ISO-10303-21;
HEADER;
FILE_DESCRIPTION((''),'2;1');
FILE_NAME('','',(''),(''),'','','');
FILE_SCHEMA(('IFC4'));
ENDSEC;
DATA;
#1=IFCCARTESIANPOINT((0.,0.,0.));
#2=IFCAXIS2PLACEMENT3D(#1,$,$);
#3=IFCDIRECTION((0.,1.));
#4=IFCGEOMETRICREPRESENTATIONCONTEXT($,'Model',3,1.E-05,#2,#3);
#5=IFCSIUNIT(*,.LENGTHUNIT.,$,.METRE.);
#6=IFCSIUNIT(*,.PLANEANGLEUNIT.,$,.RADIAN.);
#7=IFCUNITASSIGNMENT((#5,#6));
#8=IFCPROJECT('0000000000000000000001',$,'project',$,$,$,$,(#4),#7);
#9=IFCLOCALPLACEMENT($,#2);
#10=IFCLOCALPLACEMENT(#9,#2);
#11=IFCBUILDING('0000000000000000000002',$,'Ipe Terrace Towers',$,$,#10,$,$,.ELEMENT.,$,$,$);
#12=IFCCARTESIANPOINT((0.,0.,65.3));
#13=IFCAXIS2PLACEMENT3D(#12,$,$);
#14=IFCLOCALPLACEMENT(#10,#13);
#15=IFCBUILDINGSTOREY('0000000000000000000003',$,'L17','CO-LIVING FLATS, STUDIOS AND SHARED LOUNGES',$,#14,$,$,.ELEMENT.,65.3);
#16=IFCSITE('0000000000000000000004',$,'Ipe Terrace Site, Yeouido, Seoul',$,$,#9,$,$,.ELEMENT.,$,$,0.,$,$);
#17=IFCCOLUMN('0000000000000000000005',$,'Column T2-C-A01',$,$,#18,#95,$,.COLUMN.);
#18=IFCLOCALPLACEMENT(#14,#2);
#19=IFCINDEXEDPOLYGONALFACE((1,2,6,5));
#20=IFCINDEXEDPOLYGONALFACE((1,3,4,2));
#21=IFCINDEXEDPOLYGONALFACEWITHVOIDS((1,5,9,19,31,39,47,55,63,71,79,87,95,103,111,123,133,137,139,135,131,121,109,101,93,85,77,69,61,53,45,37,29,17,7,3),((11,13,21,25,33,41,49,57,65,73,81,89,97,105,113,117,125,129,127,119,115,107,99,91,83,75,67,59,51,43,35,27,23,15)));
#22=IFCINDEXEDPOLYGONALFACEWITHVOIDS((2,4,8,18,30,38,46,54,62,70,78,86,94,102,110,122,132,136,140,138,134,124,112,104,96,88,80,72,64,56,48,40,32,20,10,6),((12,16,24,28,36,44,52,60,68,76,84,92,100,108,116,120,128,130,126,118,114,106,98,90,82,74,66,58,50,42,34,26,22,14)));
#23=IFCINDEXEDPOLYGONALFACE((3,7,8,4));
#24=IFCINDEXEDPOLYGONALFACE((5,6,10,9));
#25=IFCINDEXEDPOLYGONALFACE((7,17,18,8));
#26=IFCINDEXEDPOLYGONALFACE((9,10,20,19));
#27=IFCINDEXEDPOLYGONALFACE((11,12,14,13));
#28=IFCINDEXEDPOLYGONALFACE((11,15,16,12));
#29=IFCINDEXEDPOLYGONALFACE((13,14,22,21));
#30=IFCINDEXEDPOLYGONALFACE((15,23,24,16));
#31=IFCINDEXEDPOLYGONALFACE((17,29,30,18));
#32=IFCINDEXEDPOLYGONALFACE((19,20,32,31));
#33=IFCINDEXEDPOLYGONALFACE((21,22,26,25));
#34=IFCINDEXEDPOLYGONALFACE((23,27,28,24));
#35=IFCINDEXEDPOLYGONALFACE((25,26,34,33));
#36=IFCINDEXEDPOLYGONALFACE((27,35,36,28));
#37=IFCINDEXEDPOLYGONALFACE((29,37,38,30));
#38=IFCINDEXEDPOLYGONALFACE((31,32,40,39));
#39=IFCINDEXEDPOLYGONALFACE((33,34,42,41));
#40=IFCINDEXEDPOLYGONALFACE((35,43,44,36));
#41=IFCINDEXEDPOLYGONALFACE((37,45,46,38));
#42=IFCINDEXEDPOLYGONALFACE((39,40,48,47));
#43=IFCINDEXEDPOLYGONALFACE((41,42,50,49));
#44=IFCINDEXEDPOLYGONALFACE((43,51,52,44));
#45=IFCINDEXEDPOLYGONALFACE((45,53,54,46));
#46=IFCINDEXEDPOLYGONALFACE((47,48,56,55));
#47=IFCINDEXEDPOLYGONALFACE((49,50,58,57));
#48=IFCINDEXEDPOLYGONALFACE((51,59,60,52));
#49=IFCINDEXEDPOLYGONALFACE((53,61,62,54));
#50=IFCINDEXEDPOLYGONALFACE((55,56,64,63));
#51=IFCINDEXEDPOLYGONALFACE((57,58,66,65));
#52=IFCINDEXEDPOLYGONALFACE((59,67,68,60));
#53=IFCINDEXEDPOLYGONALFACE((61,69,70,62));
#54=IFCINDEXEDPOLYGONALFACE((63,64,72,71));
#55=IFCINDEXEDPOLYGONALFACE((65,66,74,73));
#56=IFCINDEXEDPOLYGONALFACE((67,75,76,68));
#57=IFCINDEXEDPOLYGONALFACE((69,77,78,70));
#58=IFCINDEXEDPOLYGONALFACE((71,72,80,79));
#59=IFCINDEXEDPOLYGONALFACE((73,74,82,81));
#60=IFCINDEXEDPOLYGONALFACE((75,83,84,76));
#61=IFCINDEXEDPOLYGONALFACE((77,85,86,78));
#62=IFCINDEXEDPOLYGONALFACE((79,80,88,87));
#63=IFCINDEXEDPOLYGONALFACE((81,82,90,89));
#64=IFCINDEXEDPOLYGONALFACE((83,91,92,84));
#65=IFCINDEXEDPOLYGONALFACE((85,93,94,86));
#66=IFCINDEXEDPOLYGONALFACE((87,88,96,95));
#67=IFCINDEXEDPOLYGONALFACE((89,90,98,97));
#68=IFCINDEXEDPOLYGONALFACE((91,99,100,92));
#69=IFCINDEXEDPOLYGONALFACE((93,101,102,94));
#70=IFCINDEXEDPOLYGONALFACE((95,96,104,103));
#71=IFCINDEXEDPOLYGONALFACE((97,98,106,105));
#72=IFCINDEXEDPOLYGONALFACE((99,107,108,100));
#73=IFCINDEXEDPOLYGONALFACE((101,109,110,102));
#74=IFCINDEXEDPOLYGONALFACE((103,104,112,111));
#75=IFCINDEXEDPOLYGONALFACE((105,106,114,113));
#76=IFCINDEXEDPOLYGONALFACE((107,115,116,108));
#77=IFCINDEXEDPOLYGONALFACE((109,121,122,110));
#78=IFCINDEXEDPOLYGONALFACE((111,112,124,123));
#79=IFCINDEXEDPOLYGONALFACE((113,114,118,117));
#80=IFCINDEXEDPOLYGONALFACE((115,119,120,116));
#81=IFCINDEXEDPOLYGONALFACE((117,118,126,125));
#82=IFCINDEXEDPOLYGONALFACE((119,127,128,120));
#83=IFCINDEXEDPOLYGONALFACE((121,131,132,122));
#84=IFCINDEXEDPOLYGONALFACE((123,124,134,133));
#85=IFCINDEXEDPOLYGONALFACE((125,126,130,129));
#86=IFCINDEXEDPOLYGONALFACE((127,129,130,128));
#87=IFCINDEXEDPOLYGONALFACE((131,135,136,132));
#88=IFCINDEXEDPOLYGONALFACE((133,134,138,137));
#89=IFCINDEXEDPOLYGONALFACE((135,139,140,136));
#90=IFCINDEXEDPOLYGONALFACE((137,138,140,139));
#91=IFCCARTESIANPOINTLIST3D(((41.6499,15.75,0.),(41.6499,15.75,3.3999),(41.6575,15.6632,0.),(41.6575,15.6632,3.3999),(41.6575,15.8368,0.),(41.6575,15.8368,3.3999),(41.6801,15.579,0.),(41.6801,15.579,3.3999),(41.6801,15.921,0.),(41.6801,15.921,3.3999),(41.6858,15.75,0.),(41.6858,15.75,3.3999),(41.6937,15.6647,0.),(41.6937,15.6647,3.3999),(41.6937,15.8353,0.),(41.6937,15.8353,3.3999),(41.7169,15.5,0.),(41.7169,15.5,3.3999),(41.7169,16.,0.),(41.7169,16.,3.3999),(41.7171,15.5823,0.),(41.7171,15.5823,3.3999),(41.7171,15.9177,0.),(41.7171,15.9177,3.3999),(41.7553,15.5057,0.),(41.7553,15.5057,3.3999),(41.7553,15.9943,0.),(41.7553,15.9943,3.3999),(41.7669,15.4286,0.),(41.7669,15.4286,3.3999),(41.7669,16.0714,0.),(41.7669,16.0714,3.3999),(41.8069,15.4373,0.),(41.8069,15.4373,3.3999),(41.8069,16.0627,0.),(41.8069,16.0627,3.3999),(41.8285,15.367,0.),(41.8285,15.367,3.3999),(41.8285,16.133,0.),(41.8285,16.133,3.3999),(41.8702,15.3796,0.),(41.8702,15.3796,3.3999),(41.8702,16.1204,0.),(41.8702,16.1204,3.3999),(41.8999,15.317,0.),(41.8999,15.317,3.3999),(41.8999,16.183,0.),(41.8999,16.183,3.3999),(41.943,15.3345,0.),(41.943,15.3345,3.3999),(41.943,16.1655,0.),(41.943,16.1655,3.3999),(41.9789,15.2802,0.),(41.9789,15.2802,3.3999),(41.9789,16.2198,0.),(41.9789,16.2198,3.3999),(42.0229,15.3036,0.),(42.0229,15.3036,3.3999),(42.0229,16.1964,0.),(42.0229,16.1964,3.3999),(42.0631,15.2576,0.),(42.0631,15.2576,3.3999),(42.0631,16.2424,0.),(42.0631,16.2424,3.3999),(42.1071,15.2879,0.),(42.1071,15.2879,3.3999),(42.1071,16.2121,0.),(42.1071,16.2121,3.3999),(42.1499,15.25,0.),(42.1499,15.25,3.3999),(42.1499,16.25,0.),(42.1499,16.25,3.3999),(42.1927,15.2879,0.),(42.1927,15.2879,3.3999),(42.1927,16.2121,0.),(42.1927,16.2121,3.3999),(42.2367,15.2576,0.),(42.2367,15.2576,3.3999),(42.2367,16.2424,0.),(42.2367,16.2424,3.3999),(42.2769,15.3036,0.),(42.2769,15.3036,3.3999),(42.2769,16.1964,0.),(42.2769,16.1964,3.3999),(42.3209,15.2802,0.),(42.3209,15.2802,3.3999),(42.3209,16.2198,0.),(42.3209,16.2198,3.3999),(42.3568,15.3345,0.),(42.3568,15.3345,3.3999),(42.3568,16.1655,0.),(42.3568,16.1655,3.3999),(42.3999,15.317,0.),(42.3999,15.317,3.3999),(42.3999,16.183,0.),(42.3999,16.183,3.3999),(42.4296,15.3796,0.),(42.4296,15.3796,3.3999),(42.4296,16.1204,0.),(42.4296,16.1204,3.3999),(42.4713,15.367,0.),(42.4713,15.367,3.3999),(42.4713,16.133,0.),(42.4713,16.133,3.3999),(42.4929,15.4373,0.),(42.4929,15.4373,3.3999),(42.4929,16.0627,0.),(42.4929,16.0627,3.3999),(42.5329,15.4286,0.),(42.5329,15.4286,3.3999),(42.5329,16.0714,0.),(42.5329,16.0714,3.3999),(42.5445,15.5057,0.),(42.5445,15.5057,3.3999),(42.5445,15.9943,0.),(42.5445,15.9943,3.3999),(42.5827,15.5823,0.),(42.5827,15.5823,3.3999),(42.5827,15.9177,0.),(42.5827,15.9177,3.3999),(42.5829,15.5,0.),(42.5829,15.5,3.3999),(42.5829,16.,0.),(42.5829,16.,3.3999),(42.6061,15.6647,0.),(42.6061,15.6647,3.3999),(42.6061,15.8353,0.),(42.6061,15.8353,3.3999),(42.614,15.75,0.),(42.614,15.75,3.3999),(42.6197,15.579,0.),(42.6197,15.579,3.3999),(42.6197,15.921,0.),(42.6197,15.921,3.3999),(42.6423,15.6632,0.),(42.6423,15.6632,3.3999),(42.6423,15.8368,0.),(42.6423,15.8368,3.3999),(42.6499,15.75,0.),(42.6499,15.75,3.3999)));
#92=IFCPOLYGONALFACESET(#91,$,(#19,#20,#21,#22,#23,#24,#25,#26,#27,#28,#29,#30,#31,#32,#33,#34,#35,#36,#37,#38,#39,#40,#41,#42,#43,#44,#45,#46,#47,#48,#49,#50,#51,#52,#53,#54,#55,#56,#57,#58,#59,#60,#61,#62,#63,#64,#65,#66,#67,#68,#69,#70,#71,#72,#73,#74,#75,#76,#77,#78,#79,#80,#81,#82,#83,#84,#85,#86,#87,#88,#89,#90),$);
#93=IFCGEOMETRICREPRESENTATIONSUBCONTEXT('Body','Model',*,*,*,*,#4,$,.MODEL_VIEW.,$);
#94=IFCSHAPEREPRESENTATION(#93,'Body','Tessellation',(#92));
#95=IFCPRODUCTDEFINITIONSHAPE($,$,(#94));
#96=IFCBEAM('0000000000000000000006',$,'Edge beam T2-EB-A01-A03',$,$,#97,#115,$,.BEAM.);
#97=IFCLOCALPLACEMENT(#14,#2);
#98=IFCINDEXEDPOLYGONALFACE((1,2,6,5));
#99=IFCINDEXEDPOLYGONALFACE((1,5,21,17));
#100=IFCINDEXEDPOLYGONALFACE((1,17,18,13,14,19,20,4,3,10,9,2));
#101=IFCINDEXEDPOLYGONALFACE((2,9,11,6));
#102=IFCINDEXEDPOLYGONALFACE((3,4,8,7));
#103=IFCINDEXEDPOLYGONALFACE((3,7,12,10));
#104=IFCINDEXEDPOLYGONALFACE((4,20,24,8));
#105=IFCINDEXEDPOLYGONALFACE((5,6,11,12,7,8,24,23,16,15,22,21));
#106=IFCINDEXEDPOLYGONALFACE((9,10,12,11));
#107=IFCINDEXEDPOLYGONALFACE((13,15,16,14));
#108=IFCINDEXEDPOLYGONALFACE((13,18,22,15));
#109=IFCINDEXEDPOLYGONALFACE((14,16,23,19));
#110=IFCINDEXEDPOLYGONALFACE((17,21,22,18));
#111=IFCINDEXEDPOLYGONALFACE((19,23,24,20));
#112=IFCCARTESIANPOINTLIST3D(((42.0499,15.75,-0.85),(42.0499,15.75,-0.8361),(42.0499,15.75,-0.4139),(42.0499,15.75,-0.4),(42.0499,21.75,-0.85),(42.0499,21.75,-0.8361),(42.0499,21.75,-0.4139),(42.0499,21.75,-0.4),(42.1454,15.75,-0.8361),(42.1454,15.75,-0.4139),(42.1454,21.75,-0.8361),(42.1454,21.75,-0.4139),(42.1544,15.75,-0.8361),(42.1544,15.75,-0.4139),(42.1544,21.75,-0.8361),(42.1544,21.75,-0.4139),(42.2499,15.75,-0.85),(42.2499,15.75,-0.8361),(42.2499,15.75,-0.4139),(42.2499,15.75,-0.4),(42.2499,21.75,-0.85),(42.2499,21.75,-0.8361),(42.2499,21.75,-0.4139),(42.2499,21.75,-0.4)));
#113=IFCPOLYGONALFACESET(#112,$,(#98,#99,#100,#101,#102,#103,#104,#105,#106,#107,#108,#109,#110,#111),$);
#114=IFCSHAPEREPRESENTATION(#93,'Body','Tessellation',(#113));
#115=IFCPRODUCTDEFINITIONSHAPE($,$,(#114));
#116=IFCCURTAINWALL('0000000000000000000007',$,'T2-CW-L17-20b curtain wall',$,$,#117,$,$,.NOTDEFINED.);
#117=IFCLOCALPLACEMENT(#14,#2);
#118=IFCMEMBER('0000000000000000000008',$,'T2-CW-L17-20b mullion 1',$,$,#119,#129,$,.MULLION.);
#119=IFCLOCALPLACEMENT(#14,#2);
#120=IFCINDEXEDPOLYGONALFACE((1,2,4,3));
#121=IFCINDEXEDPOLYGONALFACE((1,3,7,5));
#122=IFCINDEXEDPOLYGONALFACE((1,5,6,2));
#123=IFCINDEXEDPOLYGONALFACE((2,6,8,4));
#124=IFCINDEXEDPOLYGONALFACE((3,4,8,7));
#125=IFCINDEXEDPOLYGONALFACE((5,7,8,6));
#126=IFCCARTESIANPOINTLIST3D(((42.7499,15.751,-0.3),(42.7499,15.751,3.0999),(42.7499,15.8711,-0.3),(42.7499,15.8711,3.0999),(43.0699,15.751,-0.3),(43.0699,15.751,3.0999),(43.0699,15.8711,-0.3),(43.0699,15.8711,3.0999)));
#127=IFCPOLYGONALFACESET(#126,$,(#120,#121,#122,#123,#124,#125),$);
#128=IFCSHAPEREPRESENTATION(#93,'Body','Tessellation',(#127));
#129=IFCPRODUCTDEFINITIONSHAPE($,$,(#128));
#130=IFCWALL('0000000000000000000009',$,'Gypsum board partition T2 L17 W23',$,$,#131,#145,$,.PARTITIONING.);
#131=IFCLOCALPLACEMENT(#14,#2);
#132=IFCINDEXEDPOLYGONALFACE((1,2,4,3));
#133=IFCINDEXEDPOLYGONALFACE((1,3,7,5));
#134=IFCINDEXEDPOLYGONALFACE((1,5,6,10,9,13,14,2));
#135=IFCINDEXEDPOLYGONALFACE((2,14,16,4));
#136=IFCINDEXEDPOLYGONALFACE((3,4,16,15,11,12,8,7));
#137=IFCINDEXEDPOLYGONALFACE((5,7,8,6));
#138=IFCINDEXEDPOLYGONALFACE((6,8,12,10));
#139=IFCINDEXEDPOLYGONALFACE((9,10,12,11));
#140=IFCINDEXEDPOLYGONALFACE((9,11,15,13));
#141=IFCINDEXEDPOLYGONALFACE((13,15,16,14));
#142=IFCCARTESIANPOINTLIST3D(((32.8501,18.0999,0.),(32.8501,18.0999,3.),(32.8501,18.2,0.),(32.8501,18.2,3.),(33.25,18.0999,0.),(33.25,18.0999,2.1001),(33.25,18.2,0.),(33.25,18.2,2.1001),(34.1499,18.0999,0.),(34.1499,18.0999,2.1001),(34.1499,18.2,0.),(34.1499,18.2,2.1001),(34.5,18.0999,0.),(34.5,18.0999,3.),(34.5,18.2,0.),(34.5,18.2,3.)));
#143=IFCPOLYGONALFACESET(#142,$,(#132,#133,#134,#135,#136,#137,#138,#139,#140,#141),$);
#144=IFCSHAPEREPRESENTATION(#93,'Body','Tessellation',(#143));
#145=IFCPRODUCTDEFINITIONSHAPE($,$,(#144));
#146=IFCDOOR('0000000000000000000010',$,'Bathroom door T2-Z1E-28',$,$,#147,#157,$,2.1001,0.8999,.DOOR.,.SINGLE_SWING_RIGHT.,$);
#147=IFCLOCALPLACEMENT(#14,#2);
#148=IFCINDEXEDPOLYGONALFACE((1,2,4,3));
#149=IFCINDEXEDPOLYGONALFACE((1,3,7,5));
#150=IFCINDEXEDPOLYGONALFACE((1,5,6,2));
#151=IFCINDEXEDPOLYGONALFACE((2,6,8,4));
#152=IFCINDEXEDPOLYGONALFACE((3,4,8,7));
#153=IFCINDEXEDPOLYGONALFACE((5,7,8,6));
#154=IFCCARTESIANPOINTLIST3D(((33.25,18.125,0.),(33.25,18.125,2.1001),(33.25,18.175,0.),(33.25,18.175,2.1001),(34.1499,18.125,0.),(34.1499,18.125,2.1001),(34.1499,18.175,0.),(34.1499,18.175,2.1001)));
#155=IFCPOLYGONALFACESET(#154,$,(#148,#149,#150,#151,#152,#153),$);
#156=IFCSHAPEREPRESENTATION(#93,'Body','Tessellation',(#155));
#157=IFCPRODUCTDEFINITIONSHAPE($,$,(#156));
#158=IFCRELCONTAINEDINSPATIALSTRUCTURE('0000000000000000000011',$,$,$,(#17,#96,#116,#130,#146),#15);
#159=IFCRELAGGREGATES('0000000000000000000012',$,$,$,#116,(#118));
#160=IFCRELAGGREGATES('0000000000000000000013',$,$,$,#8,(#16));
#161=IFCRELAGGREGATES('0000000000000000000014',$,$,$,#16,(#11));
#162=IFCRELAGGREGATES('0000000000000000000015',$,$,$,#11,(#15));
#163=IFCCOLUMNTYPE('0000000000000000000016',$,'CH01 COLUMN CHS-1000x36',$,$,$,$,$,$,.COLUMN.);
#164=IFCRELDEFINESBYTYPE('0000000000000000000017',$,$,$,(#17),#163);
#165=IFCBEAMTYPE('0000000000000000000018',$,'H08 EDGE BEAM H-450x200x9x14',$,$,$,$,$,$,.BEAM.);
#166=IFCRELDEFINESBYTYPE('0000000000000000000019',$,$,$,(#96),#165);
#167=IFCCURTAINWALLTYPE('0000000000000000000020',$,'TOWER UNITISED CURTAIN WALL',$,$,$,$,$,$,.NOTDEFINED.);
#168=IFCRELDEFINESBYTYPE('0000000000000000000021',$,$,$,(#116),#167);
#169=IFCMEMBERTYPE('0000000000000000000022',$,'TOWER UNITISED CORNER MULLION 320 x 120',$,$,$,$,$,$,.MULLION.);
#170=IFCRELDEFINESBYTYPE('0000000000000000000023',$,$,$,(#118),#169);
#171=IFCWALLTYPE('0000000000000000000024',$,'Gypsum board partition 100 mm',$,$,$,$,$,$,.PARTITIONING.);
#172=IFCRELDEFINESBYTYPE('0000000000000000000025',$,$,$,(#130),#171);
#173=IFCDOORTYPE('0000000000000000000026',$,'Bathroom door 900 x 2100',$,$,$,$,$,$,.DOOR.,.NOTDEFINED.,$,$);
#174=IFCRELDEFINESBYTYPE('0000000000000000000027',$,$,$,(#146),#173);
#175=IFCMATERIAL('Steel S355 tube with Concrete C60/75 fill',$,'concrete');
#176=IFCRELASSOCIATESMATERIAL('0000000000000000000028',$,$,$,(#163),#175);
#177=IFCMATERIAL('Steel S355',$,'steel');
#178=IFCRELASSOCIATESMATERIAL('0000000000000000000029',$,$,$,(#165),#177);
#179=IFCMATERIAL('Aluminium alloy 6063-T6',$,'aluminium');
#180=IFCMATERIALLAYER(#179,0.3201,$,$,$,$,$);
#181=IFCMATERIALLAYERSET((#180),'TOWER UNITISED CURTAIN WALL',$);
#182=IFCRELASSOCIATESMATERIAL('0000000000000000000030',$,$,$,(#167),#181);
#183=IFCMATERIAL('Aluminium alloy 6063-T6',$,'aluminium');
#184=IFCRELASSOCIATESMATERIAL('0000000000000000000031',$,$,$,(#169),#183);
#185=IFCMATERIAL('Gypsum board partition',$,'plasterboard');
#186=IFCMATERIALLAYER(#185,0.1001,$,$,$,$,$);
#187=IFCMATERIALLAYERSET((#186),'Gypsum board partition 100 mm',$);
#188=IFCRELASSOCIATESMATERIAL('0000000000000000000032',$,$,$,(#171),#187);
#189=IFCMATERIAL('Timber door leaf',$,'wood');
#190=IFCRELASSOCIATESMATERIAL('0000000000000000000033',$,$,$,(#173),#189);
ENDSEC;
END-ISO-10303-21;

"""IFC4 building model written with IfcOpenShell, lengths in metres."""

from ifc_helpers import new_model, si_unit, direction, frame, frame_2d, origin, origin_2d, place, context, subcontext, project, spatial, rectangle, hollow_circle, i_section, extrude, material, layer, layer_set, material_profile, profile_set, type_object, element, fill, aggregate, save


model = new_model("IFC4")

# Units and contexts
model_context = context("Model", 3, precision=1e-05, world=origin(), true_north=direction((0.0, 1.0)))
body_context = subcontext(model_context, "Body", "Model", "MODEL_VIEW")
ifc_project = project(units=[si_unit("LENGTHUNIT", "METRE"), si_unit("PLANEANGLEUNIT", "RADIAN")], contexts=[model_context])

# Site, building, storey
site_placement = place(None, origin())
site = spatial("IfcSite", under=ifc_project, at=site_placement, Name="Ipe Terrace Site, Yeouido, Seoul", CompositionType="ELEMENT", RefElevation=0.0)
building_placement = place(site_placement, origin())
building = spatial("IfcBuilding", under=site, at=building_placement, Name="Ipe Terrace Towers", CompositionType="ELEMENT")
storey_placement = place(building_placement, frame((0.0, 0.0, 65.3)))
storey = spatial("IfcBuildingStorey", under=building, at=storey_placement, Name="L17", Description="CO-LIVING FLATS, STUDIOS AND SHARED LOUNGES", CompositionType="ELEMENT", Elevation=65.3)

# Column
ifc_material_1 = material(Name="Steel S355 tube with Concrete C60/75 fill", Category="concrete")
ifc_material_profile_1 = material_profile(ifc_material_1, hollow_circle(Radius=0.5, WallThickness=0.0359, at=origin_2d()), Name="CHS-1000x36")
ifc_profile_set_1 = profile_set([ifc_material_profile_1], Name="Steel S355 tube with Concrete C60/75 fill")
column_type = type_object("IfcColumnType", Name="CH01 COLUMN CHS-1000x36", PredefinedType="COLUMN", material=ifc_profile_set_1)
column_placement = place(storey_placement, frame((42.1499, 15.75, 0.0), z_axis=(0.0, 0.0, 1.0), x_axis=(1.0, 0.0, 0.0)))
element("IfcColumn", 1, at=column_placement, inside=storey, type_object=column_type, Name="Column T2-C-A01", PredefinedType="COLUMN", context=body_context, shape_type="SweptSolid", body=[
    extrude(hollow_circle(Radius=0.5, WallThickness=0.0359, at=origin_2d()), origin(), (0.0, 0.0, 1.0), 3.3999),
])

# Beam
ifc_material_2 = material(Name="Steel S355", Category="steel")
ifc_material_profile_2 = material_profile(ifc_material_2, i_section(OverallWidth=0.2, OverallDepth=0.45, WebThickness=0.009, FlangeThickness=0.0139, at=origin_2d()), Name="H-450x200x9x14")
ifc_profile_set_2 = profile_set([ifc_material_profile_2], Name="Steel S355")
beam_type = type_object("IfcBeamType", Name="H08 EDGE BEAM H-450x200x9x14", PredefinedType="BEAM", material=ifc_profile_set_2)
beam_placement = place(storey_placement, frame((42.1499, 15.75, -0.625), z_axis=(0.0, 1.0, 0.0), x_axis=(-1.0, 0.0, 0.0)))
element("IfcBeam", 2, at=beam_placement, inside=storey, type_object=beam_type, Name="Edge beam T2-EB-A01-A03", PredefinedType="BEAM", context=body_context, shape_type="SweptSolid", body=[
    extrude(i_section(OverallWidth=0.2, OverallDepth=0.45, WebThickness=0.009, FlangeThickness=0.0139, at=origin_2d()), origin(), (0.0, 0.0, 1.0), 6.0),
])

# Curtain wall, member
ifc_material_3 = material(Name="Aluminium alloy 6063-T6", Category="aluminium")
ifc_layer_1 = layer(ifc_material_3, 0.3201)
ifc_layer_set_1 = layer_set([ifc_layer_1], Name="TOWER UNITISED CURTAIN WALL")
curtain_wall_type = type_object("IfcCurtainWallType", Name="TOWER UNITISED CURTAIN WALL", PredefinedType="NOTDEFINED", material=ifc_layer_set_1)
curtain_wall_placement = place(storey_placement, origin())
curtain_wall = element("IfcCurtainWall", 3, at=curtain_wall_placement, inside=storey, type_object=curtain_wall_type, Name="T2-CW-L17-20b curtain wall", PredefinedType="NOTDEFINED")
ifc_material_4 = material(Name="Aluminium alloy 6063-T6", Category="aluminium")
ifc_material_profile_3 = material_profile(ifc_material_4, rectangle(XDim=0.3201, YDim=0.1201, at=origin_2d()), Name="TOWER UNITISED CORNER MULLION 320 x 120")
ifc_profile_set_3 = profile_set([ifc_material_profile_3], Name="Aluminium alloy 6063-T6")
member_type = type_object("IfcMemberType", Name="TOWER UNITISED CORNER MULLION 320 x 120", PredefinedType="MULLION", material=ifc_profile_set_3)
member_placement = place(storey_placement, frame((42.9099, 15.811, -0.3), z_axis=(0.0, 0.0, 1.0), x_axis=(1.0, 0.0, 0.0)))
member = element("IfcMember", 4, at=member_placement, type_object=member_type, Name="T2-CW-L17-20b mullion 1", PredefinedType="MULLION", context=body_context, shape_type="SweptSolid", body=[
    extrude(rectangle(XDim=0.3201, YDim=0.1201, at=origin_2d()), origin(), (0.0, 0.0, 1.0), 3.3999),
])
aggregate(curtain_wall, [member])

# Wall, opening, door
ifc_material_5 = material(Name="Gypsum board partition", Category="plasterboard")
ifc_layer_2 = layer(ifc_material_5, 0.1001)
ifc_layer_set_2 = layer_set([ifc_layer_2], Name="Gypsum board partition 100 mm")
wall_type_1 = type_object("IfcWallType", Name="Gypsum board partition 100 mm", PredefinedType="PARTITIONING", material=ifc_layer_set_2)
wall_1_placement = place(storey_placement, frame((34.5, 18.1499, 0.0), z_axis=(0.0, 0.0, 1.0), x_axis=(-1.0, 0.0, 0.0)))
wall_1 = element("IfcWall", 5, at=wall_1_placement, inside=storey, type_object=wall_type_1, Name="Gypsum board partition T2 L17 W23", PredefinedType="PARTITIONING", context=body_context, shape_type="SweptSolid", body=[
    extrude(rectangle(XDim=1.6499, YDim=0.1001, at=frame_2d((0.825, 0.0))), origin(), (0.0, 0.0, 1.0), 3.0),
])
opening_1_placement = place(wall_1_placement, frame((0.3501, 0.0, 0.0)))
opening_1 = element("IfcOpeningElement", 6, at=opening_1_placement, cuts=wall_1, PredefinedType="OPENING", context=body_context, shape_type="SweptSolid", body=[
    extrude(rectangle(XDim=0.8999, YDim=2.1001, at=frame_2d((0.45, 1.05))), frame((0.0, 0.0601, 0.0), z_axis=(0.0, -1.0, 0.0), x_axis=(1.0, 0.0, 0.0)), (0.0, 0.0, 1.0), 0.1201),
])
ifc_material_6 = material(Name="Timber door leaf", Category="wood")
door_type_1 = type_object("IfcDoorType", Name="Bathroom door 900 x 2100", OperationType="NOTDEFINED", PredefinedType="DOOR", material=ifc_material_6)
door_1_placement = place(opening_1_placement, origin())
door_1 = element("IfcDoor", 7, at=door_1_placement, inside=storey, type_object=door_type_1, Name="Bathroom door T2-Z1E-28", OperationType="SINGLE_SWING_RIGHT", OverallHeight=2.1001, OverallWidth=0.8999, PredefinedType="DOOR", context=body_context, shape_type="SweptSolid", body=[
    extrude(rectangle(XDim=0.8999, YDim=2.1001, at=frame_2d((0.45, 1.05))), frame((0.0, 0.0249, 0.0), z_axis=(0.0, -1.0, 0.0), x_axis=(1.0, 0.0, 0.0)), (0.0, 0.0, 1.0), 0.05),
])
fill(opening_1, door_1)

save(model, "model.ifc")
